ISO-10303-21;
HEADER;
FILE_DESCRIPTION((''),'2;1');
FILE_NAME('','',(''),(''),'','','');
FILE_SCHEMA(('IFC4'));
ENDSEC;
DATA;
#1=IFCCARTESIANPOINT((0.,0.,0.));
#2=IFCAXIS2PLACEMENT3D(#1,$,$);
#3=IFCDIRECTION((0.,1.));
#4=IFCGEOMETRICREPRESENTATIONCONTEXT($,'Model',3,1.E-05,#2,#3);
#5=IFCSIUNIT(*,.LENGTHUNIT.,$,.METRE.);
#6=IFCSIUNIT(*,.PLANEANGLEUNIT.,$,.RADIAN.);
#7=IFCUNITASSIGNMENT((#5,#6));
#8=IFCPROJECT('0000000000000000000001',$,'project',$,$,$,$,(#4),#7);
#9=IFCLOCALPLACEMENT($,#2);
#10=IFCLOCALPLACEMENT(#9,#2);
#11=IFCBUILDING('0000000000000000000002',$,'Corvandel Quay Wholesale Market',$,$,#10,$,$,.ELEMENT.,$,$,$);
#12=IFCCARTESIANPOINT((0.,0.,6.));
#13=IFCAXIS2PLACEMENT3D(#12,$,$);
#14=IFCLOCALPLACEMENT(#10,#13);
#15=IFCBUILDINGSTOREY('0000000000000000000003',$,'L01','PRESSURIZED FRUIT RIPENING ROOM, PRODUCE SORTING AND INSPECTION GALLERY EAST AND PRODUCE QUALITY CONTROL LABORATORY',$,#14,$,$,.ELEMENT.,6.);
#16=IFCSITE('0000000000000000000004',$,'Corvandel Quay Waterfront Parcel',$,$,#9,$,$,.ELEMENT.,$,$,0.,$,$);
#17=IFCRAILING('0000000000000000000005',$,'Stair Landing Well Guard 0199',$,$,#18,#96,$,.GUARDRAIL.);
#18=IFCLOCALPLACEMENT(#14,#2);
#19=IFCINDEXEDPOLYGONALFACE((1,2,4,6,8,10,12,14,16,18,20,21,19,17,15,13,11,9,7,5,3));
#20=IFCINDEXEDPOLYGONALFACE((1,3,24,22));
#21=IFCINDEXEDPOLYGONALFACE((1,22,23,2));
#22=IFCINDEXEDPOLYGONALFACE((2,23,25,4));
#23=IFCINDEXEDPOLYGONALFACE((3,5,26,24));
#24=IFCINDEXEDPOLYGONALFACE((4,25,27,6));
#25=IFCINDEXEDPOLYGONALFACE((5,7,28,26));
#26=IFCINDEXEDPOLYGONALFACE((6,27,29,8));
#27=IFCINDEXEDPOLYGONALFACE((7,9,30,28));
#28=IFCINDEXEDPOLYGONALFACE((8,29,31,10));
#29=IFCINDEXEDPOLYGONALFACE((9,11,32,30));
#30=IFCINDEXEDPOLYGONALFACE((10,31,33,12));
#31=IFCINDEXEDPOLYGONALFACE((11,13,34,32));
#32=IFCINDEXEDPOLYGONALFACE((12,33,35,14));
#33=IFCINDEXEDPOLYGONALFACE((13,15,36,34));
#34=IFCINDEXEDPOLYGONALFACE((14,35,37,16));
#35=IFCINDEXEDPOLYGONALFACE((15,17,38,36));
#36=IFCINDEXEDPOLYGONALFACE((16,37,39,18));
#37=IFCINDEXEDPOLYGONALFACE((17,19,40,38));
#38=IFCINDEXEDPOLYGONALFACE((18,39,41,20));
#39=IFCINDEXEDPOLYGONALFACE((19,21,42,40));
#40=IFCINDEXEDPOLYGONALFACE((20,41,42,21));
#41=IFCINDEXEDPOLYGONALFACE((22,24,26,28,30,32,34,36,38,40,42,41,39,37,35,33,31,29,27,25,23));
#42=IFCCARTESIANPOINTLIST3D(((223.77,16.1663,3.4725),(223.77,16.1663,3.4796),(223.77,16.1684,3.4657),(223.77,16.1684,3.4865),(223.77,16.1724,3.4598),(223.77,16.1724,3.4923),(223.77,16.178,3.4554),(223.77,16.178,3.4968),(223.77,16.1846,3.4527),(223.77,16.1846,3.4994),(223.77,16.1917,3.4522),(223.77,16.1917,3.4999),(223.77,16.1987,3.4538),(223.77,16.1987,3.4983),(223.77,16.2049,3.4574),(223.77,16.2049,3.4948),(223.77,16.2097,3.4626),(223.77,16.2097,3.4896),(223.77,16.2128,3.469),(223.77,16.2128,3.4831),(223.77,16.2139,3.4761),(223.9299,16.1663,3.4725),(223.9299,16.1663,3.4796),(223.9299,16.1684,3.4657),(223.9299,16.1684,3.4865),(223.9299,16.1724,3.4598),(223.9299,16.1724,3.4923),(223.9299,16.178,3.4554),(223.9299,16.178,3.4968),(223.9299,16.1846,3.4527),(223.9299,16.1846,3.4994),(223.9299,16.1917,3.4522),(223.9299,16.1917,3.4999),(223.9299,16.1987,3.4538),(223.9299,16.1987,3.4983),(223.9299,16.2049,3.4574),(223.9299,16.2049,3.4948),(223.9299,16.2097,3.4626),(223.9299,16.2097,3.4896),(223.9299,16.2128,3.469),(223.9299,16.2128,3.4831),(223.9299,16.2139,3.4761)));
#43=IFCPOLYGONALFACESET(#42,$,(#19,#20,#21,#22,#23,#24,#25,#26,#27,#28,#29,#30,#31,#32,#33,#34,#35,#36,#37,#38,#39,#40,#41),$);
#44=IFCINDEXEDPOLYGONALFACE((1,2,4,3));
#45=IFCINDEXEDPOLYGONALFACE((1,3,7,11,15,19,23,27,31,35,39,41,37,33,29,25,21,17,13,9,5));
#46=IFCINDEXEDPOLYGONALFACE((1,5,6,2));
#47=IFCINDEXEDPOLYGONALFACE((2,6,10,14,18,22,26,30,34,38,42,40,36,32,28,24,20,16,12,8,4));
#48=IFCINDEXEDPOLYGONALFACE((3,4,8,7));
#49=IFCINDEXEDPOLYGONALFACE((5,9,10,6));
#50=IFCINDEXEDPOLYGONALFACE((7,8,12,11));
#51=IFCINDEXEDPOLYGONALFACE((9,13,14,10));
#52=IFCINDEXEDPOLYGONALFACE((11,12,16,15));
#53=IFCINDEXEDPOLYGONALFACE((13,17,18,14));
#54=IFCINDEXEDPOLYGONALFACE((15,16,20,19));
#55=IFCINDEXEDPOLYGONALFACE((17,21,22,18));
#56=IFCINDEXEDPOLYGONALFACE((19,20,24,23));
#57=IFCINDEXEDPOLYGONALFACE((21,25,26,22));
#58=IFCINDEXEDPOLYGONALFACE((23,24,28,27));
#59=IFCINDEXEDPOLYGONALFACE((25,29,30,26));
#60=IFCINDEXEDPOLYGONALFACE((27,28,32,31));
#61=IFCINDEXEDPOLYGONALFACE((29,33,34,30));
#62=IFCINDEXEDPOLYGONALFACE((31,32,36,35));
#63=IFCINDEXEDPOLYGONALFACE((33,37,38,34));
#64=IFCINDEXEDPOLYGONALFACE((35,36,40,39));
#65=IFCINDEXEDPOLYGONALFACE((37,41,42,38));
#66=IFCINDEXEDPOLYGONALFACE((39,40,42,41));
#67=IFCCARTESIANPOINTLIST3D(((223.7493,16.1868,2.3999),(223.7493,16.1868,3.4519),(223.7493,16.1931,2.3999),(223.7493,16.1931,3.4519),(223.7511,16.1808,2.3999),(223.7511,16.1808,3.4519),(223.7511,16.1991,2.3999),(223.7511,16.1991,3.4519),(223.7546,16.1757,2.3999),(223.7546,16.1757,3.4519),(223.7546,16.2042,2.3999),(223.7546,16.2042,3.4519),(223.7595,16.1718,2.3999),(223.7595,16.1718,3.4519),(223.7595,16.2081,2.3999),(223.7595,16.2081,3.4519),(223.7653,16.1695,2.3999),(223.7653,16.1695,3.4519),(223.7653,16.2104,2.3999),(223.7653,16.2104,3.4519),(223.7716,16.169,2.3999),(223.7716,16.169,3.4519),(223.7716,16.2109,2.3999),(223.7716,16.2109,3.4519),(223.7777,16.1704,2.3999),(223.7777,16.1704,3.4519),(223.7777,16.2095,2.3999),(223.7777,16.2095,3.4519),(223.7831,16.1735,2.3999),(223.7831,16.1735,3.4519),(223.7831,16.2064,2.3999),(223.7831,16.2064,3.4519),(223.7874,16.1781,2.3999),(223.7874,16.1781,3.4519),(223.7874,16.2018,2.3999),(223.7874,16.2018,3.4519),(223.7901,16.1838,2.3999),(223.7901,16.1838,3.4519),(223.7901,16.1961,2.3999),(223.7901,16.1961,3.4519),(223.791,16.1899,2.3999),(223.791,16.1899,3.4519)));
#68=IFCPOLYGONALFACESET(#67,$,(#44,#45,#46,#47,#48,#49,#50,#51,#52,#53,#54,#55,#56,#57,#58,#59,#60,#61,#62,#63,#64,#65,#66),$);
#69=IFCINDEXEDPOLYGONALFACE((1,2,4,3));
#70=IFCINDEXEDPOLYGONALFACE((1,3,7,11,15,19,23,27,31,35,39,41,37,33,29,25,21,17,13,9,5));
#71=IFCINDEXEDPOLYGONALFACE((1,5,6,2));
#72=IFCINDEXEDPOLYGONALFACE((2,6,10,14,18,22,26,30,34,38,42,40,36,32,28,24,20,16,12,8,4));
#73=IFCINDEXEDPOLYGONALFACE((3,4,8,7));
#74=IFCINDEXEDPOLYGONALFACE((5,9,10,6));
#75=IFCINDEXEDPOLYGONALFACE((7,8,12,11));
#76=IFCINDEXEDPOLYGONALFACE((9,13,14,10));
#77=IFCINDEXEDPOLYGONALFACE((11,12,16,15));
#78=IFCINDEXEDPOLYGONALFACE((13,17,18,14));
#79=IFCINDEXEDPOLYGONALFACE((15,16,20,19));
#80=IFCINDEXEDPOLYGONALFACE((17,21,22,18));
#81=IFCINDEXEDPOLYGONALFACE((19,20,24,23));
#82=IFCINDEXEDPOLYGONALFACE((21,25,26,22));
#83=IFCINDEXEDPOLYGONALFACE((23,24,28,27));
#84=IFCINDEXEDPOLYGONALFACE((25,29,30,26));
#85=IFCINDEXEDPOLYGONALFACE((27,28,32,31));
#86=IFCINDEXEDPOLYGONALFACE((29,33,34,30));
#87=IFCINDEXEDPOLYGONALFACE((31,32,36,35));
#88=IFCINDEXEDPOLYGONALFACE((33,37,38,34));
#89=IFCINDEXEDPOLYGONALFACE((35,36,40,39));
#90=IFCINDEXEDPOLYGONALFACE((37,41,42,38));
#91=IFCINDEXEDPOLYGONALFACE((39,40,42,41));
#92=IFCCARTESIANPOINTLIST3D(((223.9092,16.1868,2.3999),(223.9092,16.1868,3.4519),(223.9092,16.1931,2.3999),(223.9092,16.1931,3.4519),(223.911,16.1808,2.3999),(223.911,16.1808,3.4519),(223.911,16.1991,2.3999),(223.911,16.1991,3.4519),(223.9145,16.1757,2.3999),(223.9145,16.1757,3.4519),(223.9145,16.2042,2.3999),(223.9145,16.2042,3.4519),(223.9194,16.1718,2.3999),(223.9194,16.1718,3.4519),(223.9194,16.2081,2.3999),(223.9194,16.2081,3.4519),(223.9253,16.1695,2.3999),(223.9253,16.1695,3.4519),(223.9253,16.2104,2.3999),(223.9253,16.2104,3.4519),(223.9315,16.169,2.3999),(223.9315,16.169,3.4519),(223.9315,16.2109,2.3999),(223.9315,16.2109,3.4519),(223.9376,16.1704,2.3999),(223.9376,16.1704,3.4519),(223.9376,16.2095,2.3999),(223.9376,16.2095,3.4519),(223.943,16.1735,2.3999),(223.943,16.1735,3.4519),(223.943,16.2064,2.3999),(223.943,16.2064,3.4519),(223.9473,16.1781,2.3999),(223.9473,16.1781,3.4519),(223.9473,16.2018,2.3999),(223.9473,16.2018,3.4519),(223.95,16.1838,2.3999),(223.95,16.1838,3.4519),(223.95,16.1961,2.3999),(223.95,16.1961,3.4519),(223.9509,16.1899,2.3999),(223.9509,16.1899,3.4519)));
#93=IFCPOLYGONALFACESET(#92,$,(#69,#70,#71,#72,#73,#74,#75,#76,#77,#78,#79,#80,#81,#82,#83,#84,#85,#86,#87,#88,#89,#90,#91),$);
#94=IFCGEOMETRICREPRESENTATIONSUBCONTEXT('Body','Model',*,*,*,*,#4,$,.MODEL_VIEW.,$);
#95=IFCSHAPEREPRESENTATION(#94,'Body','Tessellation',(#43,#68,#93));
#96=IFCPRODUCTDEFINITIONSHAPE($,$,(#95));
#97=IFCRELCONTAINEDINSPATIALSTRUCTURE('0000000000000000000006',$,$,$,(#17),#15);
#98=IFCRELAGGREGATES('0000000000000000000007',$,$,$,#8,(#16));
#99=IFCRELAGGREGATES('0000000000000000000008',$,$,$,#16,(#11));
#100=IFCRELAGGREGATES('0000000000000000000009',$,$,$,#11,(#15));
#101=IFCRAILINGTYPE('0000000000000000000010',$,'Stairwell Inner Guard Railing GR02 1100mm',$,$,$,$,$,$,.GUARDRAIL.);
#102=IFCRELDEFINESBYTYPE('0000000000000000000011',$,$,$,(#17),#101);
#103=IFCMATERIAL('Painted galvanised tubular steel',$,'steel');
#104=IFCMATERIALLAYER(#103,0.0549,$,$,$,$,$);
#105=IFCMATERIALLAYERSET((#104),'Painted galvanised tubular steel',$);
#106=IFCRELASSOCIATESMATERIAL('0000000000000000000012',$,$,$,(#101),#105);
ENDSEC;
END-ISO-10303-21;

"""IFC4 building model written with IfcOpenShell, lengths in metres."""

from ifc_helpers import new_model, si_unit, direction, frame, origin, origin_2d, place, context, subcontext, project, spatial, circle, extrude, material, layer, layer_set, type_object, element, save


model = new_model("IFC4")

# Units and contexts
model_context = context("Model", 3, precision=1e-05, world=origin(), true_north=direction((0.0, 1.0)))
body_context = subcontext(model_context, "Body", "Model", "MODEL_VIEW")
ifc_project = project(units=[si_unit("LENGTHUNIT", "METRE"), si_unit("PLANEANGLEUNIT", "RADIAN")], contexts=[model_context])

# Site, building, storey
site_placement = place(None, origin())
site = spatial("IfcSite", under=ifc_project, at=site_placement, Name="Corvandel Quay Waterfront Parcel", CompositionType="ELEMENT", RefElevation=0.0)
building_placement = place(site_placement, origin())
building = spatial("IfcBuilding", under=site, at=building_placement, Name="Corvandel Quay Wholesale Market", CompositionType="ELEMENT")
storey_placement = place(building_placement, frame((0.0, 0.0, 6.0)))
storey = spatial("IfcBuildingStorey", under=building, at=storey_placement, Name="L01", Description="PRESSURIZED FRUIT RIPENING ROOM, PRODUCE SORTING AND INSPECTION GALLERY EAST AND PRODUCE QUALITY CONTROL LABORATORY", CompositionType="ELEMENT", Elevation=6.0)

# Railing
ifc_material_1 = material(Name="Painted galvanised tubular steel", Category="steel")
ifc_layer_1 = layer(ifc_material_1, 0.0549)
ifc_layer_set_1 = layer_set([ifc_layer_1], Name="Painted galvanised tubular steel")
railing_type_1 = type_object("IfcRailingType", Name="Stairwell Inner Guard Railing GR02 1100mm", PredefinedType="GUARDRAIL", material=ifc_layer_set_1)
railing_1_placement = place(storey_placement, frame((223.77, 16.1899, 2.3999)))
element("IfcRailing", 1, at=railing_1_placement, inside=storey, type_object=railing_type_1, Name="Stair Landing Well Guard 0199", PredefinedType="GUARDRAIL", context=body_context, shape_type="SweptSolid", body=[
    extrude(circle(Radius=0.0239, at=origin_2d()), frame((0.0, 0.0, 1.0762), z_axis=(1.0, 0.0, 0.0), x_axis=(0.0, 1.0, 0.0)), (0.0, 0.0, 1.0), 0.1599),
    extrude(circle(Radius=0.021, at=origin_2d()), origin(), (0.0, 0.0, 1.0), 1.052),
    extrude(circle(Radius=0.021, at=origin_2d()), frame((0.1599, 0.0, 0.0)), (0.0, 0.0, 1.0), 1.052),
])

save(model, "model.ifc")
